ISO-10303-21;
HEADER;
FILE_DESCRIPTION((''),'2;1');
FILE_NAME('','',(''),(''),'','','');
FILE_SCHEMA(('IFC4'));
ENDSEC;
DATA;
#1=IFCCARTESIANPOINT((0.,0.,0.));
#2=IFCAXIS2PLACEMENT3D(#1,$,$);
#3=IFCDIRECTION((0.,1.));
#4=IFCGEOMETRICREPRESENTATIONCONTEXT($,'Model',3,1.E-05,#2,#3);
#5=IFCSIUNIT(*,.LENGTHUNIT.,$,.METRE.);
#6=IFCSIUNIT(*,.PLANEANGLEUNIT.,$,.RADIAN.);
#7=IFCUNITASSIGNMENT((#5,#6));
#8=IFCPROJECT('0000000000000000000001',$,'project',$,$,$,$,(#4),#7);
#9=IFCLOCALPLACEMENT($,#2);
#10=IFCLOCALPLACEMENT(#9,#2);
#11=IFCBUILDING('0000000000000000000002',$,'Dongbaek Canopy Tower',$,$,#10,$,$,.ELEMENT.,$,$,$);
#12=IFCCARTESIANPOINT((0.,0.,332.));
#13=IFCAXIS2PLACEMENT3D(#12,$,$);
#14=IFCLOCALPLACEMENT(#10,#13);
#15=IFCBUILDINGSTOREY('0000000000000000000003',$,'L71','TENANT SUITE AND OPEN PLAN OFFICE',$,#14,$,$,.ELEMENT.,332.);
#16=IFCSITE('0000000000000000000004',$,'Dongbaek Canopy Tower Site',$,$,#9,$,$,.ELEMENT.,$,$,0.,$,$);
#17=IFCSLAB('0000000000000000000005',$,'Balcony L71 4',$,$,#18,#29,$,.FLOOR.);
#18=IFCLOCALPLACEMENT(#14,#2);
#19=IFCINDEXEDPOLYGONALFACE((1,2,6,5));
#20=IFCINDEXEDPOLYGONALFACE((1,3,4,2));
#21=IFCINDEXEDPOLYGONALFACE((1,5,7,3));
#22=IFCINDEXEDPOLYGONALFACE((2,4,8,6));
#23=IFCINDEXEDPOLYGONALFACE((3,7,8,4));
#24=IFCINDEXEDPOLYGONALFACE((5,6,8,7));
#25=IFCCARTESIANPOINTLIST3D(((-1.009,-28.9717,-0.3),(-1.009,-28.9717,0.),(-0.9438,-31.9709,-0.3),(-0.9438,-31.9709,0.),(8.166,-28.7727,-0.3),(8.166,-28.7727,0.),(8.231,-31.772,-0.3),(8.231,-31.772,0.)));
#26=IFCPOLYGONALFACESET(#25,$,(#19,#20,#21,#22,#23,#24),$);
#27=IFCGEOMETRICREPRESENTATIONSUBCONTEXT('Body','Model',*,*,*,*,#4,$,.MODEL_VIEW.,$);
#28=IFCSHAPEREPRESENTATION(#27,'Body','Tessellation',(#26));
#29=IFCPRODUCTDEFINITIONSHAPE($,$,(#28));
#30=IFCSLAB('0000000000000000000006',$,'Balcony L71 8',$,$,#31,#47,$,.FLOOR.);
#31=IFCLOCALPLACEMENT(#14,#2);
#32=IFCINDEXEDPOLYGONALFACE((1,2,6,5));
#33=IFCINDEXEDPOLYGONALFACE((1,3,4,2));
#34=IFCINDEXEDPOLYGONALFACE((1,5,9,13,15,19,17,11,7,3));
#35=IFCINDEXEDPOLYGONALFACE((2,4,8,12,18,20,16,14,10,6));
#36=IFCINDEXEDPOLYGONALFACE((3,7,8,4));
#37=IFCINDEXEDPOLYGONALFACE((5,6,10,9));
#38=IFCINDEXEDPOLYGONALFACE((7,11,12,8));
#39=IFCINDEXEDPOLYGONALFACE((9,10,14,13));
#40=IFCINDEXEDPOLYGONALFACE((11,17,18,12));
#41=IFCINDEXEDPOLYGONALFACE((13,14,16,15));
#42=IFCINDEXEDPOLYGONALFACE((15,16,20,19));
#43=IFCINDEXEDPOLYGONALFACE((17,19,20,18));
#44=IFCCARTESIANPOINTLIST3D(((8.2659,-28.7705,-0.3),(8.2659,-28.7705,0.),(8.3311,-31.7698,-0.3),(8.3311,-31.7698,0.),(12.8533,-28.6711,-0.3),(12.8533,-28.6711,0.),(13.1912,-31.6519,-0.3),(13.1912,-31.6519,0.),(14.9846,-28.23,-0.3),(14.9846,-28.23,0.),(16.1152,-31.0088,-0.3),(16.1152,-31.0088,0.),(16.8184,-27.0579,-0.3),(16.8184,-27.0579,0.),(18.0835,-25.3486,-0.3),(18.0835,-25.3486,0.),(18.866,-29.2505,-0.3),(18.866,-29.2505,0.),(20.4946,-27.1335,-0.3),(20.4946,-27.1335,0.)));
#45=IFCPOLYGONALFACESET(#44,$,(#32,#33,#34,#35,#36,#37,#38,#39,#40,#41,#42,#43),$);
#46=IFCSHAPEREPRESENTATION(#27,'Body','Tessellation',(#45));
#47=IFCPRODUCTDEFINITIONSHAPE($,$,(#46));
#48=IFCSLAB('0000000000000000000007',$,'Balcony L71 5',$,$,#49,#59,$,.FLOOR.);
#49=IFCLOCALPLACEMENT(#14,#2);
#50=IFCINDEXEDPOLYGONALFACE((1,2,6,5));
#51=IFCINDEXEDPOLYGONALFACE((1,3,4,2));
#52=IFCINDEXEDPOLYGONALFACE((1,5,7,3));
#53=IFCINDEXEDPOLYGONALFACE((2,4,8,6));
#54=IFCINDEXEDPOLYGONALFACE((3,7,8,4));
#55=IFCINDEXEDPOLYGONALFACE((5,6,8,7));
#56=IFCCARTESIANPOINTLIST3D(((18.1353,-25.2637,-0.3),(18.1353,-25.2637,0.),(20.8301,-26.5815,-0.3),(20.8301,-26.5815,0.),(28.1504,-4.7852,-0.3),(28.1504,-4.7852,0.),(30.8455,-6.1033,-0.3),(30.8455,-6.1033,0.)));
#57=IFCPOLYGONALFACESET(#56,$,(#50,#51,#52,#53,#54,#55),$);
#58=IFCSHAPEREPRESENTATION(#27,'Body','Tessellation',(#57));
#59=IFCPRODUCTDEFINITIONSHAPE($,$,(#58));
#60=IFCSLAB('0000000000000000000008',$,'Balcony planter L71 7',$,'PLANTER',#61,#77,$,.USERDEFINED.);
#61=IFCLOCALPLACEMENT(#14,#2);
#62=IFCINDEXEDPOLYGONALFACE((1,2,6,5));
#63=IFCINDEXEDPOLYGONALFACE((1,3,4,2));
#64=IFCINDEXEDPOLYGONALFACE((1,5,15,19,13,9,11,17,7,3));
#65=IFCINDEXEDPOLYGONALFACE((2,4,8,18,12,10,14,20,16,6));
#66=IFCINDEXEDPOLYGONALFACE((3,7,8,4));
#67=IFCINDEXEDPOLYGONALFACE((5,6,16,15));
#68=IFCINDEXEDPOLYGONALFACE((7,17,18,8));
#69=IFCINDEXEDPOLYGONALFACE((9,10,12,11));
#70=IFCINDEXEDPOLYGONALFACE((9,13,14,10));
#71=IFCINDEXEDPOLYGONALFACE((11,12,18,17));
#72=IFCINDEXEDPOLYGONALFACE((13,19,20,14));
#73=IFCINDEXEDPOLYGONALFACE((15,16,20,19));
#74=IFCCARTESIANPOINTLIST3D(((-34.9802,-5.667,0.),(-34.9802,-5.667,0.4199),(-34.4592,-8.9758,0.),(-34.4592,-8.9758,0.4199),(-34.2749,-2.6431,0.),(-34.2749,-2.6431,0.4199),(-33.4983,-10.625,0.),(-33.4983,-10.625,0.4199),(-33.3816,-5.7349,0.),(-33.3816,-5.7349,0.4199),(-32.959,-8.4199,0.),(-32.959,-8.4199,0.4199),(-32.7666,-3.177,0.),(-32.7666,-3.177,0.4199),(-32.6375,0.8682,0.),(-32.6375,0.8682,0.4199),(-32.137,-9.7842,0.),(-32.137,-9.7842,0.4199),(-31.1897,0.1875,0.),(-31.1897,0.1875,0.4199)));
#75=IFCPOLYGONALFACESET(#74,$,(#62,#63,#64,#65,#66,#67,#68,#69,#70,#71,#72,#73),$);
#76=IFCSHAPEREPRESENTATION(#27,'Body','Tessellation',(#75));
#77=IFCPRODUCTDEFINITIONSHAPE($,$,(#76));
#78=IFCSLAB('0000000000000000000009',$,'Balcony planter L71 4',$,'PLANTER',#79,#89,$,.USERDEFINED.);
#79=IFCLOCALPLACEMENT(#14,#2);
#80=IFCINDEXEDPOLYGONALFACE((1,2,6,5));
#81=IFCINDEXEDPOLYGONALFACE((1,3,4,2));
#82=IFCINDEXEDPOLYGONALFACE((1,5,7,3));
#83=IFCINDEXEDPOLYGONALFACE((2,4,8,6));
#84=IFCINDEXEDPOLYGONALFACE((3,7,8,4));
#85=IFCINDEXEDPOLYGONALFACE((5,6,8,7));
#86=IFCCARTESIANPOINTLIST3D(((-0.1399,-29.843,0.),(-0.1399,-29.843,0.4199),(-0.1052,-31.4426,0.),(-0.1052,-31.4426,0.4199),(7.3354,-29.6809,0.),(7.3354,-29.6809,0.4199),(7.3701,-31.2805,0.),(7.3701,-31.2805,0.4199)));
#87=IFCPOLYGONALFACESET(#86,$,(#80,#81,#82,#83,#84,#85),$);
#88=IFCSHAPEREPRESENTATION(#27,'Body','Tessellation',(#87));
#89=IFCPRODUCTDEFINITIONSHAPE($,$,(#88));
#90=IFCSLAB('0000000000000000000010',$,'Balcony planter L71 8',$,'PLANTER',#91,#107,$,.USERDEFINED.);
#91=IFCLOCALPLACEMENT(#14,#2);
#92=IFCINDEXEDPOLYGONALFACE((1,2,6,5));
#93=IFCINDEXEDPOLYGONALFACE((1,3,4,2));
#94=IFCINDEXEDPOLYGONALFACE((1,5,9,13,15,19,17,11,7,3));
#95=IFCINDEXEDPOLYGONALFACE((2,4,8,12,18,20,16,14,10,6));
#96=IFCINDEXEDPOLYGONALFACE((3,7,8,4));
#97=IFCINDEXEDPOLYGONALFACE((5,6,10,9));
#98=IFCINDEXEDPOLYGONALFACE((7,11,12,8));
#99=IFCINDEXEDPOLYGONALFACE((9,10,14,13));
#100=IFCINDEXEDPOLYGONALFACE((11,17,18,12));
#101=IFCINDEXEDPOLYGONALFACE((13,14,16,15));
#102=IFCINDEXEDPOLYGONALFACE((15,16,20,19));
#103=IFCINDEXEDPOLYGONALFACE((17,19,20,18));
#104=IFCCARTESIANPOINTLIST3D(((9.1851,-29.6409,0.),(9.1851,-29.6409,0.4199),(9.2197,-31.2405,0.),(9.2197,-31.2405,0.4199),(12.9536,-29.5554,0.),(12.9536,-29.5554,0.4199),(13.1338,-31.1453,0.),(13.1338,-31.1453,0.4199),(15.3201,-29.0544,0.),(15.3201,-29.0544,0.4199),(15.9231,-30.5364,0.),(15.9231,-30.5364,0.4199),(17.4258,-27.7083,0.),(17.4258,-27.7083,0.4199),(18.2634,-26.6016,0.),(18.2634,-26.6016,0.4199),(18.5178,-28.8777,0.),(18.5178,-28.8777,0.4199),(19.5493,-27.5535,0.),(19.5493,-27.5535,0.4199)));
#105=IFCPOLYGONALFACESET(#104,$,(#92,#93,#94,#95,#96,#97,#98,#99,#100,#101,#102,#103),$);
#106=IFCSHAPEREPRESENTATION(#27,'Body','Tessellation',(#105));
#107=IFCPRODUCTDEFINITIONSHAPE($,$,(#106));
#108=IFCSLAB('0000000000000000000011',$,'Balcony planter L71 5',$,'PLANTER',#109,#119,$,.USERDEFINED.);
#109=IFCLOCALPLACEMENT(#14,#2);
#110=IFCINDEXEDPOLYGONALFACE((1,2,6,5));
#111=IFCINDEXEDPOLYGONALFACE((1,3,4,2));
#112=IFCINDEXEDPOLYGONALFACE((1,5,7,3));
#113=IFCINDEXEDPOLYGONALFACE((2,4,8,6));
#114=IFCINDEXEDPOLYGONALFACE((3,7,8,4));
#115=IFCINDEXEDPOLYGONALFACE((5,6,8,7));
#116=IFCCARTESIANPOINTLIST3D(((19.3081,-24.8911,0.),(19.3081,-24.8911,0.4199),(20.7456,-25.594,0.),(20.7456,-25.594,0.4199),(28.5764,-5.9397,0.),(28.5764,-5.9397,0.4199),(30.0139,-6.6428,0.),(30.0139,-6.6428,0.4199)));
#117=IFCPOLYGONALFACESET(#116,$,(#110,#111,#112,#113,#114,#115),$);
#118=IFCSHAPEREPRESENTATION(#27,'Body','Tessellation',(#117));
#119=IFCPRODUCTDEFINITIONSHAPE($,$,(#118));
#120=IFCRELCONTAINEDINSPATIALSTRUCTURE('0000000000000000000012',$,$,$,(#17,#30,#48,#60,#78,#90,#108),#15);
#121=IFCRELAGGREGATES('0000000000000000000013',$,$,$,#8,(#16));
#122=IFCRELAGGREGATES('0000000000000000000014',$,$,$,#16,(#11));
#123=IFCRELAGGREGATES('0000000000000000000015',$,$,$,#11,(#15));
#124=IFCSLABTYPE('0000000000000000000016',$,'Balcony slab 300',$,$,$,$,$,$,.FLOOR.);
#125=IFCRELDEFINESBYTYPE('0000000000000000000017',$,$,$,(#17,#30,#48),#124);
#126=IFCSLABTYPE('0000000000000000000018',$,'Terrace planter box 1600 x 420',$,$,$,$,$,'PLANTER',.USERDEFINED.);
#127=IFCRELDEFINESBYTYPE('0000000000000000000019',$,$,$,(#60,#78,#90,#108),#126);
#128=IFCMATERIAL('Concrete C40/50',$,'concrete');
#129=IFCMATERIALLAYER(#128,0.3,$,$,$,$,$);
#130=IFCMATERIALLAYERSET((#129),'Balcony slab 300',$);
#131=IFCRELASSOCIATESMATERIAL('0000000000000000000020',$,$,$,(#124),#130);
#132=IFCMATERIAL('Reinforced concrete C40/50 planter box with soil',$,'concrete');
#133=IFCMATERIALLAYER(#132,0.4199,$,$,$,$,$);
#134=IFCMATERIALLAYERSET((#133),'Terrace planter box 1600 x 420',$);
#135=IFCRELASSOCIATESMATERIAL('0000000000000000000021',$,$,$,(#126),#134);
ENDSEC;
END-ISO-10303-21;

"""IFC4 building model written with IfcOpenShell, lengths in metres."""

from ifc_helpers import new_model, si_unit, direction, frame, origin, place, context, subcontext, project, spatial, polyline, outline, extrude, material, layer, layer_set, type_object, element, save


model = new_model("IFC4")

# Units and contexts
model_context = context("Model", 3, precision=1e-05, world=origin(), true_north=direction((0.0, 1.0)))
body_context = subcontext(model_context, "Body", "Model", "MODEL_VIEW")
ifc_project = project(units=[si_unit("LENGTHUNIT", "METRE"), si_unit("PLANEANGLEUNIT", "RADIAN")], contexts=[model_context])

# Site, building, storey
site_placement = place(None, origin())
site = spatial("IfcSite", under=ifc_project, at=site_placement, Name="Dongbaek Canopy Tower Site", CompositionType="ELEMENT", RefElevation=0.0)
building_placement = place(site_placement, origin())
building = spatial("IfcBuilding", under=site, at=building_placement, Name="Dongbaek Canopy Tower", CompositionType="ELEMENT")
storey_placement = place(building_placement, frame((0.0, 0.0, 332.0)))
storey = spatial("IfcBuildingStorey", under=building, at=storey_placement, Name="L71", Description="TENANT SUITE AND OPEN PLAN OFFICE", CompositionType="ELEMENT", Elevation=332.0)

# Slabs
ifc_material_1 = material(Name="Concrete C40/50", Category="concrete")
ifc_layer_1 = layer(ifc_material_1, 0.3)
ifc_layer_set_1 = layer_set([ifc_layer_1], Name="Balcony slab 300")
slab_type_1 = type_object("IfcSlabType", Name="Balcony slab 300", PredefinedType="FLOOR", material=ifc_layer_set_1)
slab_1_placement = place(storey_placement, frame((0.0, 0.0, -0.3)))
element("IfcSlab", 1, at=slab_1_placement, inside=storey, type_object=slab_type_1, Name="Balcony L71 4", PredefinedType="FLOOR", context=body_context, shape_type="SweptSolid", body=[
    extrude(outline(polyline([(-1.009, -28.9717), (8.166, -28.7727), (8.231, -31.772), (-0.9438, -31.9709), (-1.009, -28.9717)])), origin(), (0.0, 0.0, 1.0), 0.3),
])
slab_2_placement = place(storey_placement, frame((0.0, 0.0, -0.3)))
element("IfcSlab", 2, at=slab_2_placement, inside=storey, type_object=slab_type_1, Name="Balcony L71 8", PredefinedType="FLOOR", context=body_context, shape_type="SweptSolid", body=[
    extrude(outline(polyline([(8.2659, -28.7705), (12.8533, -28.6711), (14.9846, -28.23), (16.8184, -27.0579), (18.0835, -25.3486), (20.4946, -27.1335), (18.866, -29.2505), (16.1152, -31.0088), (13.1912, -31.6519), (8.3311, -31.7698), (8.2659, -28.7705)])), origin(), (0.0, 0.0, 1.0), 0.3),
])
slab_3_placement = place(storey_placement, frame((0.0, 0.0, -0.3)))
element("IfcSlab", 3, at=slab_3_placement, inside=storey, type_object=slab_type_1, Name="Balcony L71 5", PredefinedType="FLOOR", context=body_context, shape_type="SweptSolid", body=[
    extrude(outline(polyline([(18.1353, -25.2637), (28.1504, -4.7852), (30.8455, -6.1033), (20.8301, -26.5815), (18.1353, -25.2637)])), origin(), (0.0, 0.0, 1.0), 0.3),
])
ifc_material_2 = material(Name="Reinforced concrete C40/50 planter box with soil", Category="concrete")
ifc_layer_2 = layer(ifc_material_2, 0.4199)
ifc_layer_set_2 = layer_set([ifc_layer_2], Name="Terrace planter box 1600 x 420")
slab_type_2 = type_object("IfcSlabType", Name="Terrace planter box 1600 x 420", ElementType="PLANTER", PredefinedType="USERDEFINED", material=ifc_layer_set_2)
slab_4_placement = place(storey_placement, origin())
element("IfcSlab", 4, at=slab_4_placement, inside=storey, type_object=slab_type_2, Name="Balcony planter L71 7", ObjectType="PLANTER", PredefinedType="USERDEFINED", context=body_context, shape_type="SweptSolid", body=[
    extrude(outline(polyline([(-31.1897, 0.1875), (-32.7666, -3.177), (-33.3816, -5.7349), (-32.959, -8.4199), (-32.137, -9.7842), (-33.4983, -10.625), (-34.4592, -8.9758), (-34.9802, -5.667), (-34.2749, -2.6431), (-32.6375, 0.8682), (-31.1897, 0.1875)])), origin(), (0.0, 0.0, 1.0), 0.4199),
])
slab_5_placement = place(storey_placement, origin())
element("IfcSlab", 5, at=slab_5_placement, inside=storey, type_object=slab_type_2, Name="Balcony planter L71 4", ObjectType="PLANTER", PredefinedType="USERDEFINED", context=body_context, shape_type="SweptSolid", body=[
    extrude(outline(polyline([(-0.1399, -29.843), (7.3354, -29.6809), (7.3701, -31.2805), (-0.1052, -31.4426), (-0.1399, -29.843)])), origin(), (0.0, 0.0, 1.0), 0.4199),
])
slab_6_placement = place(storey_placement, origin())
element("IfcSlab", 6, at=slab_6_placement, inside=storey, type_object=slab_type_2, Name="Balcony planter L71 8", ObjectType="PLANTER", PredefinedType="USERDEFINED", context=body_context, shape_type="SweptSolid", body=[
    extrude(outline(polyline([(9.1851, -29.6409), (12.9536, -29.5554), (15.3201, -29.0544), (17.4258, -27.7083), (18.2634, -26.6016), (19.5493, -27.5535), (18.5178, -28.8777), (15.9231, -30.5364), (13.1338, -31.1453), (9.2197, -31.2405), (9.1851, -29.6409)])), origin(), (0.0, 0.0, 1.0), 0.4199),
])
slab_7_placement = place(storey_placement, origin())
element("IfcSlab", 7, at=slab_7_placement, inside=storey, type_object=slab_type_2, Name="Balcony planter L71 5", ObjectType="PLANTER", PredefinedType="USERDEFINED", context=body_context, shape_type="SweptSolid", body=[
    extrude(outline(polyline([(19.3081, -24.8911), (28.5764, -5.9397), (30.0139, -6.6428), (20.7456, -25.594), (19.3081, -24.8911)])), origin(), (0.0, 0.0, 1.0), 0.4199),
])

save(model, "model.ifc")
